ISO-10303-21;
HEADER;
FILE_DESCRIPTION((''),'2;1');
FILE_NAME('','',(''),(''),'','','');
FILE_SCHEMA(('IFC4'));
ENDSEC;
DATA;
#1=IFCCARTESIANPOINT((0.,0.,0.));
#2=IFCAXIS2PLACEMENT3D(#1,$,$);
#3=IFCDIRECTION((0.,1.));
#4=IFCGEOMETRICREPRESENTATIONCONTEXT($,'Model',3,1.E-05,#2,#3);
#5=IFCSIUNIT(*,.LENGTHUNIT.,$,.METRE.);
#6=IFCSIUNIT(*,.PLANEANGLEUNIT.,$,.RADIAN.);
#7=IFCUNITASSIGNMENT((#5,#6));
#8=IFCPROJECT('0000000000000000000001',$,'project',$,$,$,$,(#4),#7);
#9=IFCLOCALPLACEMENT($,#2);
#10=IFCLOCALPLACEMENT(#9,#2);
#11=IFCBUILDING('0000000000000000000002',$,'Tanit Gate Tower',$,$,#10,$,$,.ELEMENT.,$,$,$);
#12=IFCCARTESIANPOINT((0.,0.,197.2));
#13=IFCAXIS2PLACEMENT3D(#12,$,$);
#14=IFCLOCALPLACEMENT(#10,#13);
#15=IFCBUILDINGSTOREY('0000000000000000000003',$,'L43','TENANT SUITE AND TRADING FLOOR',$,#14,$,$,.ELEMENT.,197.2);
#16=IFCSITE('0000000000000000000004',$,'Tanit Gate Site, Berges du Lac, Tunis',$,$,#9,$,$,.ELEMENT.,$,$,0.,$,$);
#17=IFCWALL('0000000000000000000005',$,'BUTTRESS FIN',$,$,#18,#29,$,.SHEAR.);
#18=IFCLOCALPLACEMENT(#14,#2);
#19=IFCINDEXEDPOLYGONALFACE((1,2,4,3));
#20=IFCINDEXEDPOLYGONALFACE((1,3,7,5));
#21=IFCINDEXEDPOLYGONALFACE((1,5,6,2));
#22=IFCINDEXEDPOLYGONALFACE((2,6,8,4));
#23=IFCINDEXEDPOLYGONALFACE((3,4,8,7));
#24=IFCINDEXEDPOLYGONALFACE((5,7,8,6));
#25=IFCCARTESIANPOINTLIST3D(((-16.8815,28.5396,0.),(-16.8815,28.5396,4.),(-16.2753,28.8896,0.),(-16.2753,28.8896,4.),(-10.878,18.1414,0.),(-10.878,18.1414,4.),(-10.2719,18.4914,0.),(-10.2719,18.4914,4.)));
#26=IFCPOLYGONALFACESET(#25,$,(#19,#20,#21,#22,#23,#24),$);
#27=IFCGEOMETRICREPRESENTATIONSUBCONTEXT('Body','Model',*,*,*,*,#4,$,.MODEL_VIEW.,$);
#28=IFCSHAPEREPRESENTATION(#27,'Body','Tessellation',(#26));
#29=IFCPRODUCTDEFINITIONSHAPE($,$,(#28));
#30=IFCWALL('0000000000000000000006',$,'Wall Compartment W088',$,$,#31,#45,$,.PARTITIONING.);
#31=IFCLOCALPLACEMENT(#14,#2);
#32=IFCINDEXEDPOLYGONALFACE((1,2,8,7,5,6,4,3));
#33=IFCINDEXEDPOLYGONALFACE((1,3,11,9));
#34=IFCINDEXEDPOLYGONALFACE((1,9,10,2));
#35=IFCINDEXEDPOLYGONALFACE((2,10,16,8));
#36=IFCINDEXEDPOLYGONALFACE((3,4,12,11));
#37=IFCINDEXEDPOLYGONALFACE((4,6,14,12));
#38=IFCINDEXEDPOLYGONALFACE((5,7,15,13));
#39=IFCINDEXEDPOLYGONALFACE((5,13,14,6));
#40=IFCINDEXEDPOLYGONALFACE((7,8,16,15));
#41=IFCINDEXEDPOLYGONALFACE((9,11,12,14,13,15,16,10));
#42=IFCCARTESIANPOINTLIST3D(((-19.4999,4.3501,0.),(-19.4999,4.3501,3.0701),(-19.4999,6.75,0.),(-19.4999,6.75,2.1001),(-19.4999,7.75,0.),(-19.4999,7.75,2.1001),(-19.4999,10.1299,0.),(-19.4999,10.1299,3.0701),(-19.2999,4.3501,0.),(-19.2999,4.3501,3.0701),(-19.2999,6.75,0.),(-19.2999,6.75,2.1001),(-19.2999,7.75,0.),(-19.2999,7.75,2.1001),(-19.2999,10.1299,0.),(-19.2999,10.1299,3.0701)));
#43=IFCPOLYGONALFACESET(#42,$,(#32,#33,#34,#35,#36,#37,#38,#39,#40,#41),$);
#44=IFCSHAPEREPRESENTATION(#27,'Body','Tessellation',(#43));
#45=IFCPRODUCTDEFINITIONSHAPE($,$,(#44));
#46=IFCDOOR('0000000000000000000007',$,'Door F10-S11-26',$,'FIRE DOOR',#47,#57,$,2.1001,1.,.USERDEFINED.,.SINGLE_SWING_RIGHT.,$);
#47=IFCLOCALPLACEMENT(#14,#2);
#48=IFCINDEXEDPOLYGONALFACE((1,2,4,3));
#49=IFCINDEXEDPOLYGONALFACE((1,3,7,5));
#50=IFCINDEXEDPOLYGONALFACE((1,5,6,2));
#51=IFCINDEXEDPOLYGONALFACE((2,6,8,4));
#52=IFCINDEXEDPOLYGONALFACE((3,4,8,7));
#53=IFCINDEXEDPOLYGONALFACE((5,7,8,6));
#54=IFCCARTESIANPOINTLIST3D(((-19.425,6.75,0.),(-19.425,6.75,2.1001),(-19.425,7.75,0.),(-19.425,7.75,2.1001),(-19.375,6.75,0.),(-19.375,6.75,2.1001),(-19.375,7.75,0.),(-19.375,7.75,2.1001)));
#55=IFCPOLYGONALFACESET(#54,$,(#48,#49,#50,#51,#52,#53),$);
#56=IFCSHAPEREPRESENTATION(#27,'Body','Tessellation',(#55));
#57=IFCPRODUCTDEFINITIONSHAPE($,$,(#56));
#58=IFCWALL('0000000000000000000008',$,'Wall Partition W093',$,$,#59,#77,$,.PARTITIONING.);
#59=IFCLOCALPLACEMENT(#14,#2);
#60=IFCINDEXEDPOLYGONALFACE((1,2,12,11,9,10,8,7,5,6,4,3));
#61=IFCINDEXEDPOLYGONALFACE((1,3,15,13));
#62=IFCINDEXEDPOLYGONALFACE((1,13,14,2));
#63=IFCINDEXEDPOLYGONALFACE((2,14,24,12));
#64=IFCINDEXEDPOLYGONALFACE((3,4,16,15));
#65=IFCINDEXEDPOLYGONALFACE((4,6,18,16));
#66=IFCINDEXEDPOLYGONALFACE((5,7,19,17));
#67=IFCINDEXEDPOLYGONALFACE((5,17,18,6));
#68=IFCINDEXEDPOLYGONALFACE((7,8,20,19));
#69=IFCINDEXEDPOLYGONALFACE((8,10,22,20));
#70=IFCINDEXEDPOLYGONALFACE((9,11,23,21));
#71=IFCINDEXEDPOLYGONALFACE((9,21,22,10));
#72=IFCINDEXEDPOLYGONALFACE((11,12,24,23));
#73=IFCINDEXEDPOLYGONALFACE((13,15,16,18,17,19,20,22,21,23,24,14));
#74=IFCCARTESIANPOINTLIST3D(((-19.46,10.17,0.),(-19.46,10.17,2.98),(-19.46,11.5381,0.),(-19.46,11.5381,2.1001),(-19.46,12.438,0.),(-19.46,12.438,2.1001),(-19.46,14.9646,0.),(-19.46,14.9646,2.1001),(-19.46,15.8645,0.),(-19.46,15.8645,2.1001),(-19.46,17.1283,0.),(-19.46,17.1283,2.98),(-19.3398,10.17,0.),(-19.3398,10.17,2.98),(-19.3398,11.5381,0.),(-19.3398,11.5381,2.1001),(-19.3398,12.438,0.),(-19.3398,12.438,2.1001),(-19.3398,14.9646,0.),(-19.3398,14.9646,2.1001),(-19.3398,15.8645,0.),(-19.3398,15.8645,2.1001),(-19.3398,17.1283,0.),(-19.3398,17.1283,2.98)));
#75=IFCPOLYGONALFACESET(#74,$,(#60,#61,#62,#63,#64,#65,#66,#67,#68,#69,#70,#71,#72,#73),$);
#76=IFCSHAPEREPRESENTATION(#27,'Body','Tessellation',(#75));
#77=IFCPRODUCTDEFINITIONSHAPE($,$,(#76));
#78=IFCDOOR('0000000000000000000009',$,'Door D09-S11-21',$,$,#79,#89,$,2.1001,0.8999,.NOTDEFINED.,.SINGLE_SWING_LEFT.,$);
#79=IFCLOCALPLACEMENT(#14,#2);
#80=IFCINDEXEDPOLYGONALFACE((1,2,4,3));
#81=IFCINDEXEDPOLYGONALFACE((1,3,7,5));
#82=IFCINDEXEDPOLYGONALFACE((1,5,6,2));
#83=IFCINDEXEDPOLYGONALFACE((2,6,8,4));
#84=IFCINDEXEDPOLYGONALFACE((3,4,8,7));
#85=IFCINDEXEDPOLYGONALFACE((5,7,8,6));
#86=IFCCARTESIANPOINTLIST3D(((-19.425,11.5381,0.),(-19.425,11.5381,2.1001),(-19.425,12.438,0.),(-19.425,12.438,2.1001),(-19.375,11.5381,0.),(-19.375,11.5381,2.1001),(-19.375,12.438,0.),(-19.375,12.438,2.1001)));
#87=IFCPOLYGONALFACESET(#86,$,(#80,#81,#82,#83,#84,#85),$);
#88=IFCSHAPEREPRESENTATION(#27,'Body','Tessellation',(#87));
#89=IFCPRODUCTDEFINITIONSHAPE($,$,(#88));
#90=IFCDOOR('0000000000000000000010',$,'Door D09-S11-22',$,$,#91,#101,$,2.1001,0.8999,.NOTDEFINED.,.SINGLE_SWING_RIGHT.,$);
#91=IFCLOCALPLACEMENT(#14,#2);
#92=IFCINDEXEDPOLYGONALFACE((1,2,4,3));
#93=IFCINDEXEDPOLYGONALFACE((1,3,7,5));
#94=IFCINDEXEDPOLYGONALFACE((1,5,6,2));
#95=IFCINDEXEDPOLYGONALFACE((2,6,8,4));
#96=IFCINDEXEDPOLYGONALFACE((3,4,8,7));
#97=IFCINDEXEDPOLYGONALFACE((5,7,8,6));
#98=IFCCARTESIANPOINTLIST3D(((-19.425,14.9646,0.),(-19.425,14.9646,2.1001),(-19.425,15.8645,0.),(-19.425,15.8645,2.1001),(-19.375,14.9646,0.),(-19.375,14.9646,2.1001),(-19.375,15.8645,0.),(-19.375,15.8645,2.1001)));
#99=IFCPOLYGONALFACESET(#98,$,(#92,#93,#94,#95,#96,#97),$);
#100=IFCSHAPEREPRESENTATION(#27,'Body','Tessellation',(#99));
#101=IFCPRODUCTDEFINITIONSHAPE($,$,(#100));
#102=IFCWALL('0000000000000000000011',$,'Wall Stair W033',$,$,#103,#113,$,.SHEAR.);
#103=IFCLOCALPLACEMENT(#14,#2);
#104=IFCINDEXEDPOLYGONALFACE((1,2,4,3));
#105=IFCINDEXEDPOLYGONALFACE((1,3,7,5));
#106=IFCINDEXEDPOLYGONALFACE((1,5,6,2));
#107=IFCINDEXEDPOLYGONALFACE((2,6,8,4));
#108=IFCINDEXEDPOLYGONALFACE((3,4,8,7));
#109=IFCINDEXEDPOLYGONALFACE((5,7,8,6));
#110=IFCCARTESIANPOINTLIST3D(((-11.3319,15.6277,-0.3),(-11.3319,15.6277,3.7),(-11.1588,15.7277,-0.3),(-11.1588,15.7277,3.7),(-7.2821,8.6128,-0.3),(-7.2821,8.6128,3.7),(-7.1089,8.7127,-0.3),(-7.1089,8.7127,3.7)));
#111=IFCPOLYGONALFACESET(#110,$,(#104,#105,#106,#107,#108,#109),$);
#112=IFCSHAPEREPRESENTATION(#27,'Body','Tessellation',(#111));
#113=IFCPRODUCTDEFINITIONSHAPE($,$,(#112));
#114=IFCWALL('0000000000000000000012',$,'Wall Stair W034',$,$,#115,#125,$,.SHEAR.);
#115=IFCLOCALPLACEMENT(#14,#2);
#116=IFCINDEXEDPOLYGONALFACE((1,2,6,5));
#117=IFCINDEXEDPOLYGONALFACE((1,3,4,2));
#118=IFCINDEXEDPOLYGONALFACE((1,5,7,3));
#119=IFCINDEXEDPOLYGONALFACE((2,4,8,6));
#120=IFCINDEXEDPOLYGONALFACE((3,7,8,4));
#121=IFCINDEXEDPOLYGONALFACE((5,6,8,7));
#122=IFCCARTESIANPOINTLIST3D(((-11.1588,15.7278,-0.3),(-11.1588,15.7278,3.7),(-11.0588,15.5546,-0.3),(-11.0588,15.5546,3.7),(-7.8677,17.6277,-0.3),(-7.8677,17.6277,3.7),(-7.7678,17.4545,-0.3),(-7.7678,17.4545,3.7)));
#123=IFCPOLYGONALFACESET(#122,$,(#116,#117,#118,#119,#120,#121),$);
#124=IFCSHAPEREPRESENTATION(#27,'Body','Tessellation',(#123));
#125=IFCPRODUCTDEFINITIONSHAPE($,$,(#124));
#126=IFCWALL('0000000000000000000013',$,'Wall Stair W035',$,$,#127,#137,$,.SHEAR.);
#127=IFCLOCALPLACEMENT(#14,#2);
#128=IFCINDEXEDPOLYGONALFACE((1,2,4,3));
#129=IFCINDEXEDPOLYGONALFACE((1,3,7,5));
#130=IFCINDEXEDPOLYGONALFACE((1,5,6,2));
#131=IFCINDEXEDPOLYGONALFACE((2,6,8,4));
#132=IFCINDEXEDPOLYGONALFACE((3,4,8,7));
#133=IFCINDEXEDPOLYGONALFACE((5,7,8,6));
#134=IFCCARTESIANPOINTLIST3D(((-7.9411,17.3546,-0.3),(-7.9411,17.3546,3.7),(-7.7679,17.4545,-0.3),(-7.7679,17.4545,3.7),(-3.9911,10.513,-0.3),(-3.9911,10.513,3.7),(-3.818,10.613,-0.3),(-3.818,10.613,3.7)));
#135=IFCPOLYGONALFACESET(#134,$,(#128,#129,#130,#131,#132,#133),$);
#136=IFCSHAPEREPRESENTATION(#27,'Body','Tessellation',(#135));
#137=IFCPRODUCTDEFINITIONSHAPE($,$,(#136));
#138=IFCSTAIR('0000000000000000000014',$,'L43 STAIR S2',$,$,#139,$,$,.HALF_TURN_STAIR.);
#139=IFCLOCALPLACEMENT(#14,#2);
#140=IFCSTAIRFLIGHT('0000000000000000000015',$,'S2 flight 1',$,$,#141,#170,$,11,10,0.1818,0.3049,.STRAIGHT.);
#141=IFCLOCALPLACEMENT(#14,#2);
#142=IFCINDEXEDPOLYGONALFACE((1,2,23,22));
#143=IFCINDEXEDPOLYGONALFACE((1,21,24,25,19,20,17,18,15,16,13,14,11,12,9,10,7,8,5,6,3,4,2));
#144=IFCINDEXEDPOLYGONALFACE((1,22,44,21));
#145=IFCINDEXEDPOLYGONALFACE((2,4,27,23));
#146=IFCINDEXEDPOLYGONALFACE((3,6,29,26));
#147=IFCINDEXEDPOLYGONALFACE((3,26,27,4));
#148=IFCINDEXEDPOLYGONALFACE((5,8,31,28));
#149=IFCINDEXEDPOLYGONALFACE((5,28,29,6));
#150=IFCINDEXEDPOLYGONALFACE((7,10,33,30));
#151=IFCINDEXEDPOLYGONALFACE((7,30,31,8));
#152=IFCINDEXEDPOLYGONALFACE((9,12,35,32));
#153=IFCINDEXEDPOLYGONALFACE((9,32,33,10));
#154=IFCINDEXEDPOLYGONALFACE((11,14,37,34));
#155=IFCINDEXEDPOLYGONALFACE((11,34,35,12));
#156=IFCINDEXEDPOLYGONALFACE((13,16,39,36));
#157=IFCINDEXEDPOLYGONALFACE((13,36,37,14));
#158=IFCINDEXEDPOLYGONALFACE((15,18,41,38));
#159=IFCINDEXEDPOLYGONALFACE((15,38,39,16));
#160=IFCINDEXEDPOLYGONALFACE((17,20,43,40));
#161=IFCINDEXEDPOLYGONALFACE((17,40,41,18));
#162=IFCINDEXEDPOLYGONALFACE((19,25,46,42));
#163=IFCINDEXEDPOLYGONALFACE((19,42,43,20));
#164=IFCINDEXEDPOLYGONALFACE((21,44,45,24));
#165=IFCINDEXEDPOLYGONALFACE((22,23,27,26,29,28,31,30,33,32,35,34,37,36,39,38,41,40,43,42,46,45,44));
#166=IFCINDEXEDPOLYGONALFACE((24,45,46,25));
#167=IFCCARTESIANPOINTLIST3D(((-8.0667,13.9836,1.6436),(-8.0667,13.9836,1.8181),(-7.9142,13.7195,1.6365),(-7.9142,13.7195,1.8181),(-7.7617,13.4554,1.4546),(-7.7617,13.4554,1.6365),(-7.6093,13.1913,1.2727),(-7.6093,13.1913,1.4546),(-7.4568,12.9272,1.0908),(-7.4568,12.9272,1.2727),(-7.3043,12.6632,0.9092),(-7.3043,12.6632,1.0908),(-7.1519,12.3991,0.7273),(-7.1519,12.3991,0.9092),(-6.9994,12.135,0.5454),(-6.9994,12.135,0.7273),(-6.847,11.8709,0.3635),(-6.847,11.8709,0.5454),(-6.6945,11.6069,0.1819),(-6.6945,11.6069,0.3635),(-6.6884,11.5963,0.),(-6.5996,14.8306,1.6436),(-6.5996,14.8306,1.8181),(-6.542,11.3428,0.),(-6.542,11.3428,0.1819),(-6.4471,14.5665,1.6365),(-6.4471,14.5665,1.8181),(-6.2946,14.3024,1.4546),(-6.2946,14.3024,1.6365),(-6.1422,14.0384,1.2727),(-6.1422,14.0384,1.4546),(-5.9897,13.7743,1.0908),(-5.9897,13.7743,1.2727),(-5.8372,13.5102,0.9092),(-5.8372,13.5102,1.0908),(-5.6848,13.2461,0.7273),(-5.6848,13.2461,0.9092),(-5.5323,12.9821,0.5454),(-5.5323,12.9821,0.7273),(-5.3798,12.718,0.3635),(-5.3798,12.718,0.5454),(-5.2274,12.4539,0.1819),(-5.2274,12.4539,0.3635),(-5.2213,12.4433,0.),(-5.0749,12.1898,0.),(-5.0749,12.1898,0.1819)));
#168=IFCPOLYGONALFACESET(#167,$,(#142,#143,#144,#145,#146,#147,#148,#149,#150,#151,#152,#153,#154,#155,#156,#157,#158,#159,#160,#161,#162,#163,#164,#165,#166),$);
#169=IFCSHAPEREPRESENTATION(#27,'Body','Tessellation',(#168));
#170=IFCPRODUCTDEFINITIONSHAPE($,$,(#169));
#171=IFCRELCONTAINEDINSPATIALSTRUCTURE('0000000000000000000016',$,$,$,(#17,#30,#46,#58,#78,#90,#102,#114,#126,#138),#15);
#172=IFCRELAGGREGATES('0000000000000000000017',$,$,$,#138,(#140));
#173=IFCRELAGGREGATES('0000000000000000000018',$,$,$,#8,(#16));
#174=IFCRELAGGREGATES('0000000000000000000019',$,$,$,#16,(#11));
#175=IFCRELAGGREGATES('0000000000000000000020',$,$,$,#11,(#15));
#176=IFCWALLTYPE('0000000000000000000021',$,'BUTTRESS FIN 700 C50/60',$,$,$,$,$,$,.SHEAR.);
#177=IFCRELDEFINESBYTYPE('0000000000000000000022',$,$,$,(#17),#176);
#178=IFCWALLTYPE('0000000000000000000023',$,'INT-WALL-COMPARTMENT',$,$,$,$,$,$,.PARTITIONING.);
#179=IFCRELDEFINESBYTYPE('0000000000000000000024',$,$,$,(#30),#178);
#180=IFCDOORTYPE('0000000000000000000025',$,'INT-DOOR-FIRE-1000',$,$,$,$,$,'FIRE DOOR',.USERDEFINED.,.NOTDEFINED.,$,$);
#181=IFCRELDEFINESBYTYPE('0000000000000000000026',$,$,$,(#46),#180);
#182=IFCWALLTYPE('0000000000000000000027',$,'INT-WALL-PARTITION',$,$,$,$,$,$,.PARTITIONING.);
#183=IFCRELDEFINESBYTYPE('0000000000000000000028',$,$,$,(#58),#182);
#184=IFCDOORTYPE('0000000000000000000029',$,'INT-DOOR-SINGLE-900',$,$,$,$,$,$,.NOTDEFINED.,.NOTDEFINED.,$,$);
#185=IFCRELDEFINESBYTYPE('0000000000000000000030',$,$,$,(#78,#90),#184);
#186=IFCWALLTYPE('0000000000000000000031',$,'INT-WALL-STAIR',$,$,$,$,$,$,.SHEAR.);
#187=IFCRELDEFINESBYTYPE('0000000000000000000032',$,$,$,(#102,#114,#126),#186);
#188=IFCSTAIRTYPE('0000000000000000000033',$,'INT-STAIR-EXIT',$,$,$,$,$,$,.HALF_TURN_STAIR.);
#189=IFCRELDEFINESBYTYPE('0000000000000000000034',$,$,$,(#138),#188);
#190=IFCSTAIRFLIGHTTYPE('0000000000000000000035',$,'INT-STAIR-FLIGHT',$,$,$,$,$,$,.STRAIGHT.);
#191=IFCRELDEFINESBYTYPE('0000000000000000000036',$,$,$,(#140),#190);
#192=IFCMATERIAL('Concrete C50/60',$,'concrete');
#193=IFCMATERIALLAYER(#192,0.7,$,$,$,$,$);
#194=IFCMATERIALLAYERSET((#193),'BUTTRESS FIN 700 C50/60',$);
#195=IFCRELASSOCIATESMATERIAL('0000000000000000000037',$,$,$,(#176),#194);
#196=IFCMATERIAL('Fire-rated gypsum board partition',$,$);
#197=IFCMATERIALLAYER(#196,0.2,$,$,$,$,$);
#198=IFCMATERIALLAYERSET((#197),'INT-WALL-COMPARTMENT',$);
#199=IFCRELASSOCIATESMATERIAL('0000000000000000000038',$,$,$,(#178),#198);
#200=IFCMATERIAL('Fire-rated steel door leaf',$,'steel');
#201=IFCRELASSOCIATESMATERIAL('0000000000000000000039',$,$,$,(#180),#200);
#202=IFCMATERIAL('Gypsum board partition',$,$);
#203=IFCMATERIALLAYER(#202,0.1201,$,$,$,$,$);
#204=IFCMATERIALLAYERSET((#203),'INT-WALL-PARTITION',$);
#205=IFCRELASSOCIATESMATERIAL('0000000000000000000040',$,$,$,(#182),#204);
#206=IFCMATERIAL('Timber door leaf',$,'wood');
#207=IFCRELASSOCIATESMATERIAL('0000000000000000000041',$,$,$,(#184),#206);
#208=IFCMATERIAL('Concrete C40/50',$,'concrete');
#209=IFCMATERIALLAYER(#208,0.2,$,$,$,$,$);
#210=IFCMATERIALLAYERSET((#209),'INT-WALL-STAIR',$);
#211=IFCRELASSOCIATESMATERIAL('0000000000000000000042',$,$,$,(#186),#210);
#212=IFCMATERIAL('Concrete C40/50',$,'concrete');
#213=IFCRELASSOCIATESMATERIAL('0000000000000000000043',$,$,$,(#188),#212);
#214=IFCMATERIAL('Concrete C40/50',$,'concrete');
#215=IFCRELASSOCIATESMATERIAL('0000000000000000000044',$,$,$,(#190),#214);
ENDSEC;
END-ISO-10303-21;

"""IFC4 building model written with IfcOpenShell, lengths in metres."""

from ifc_helpers import new_model, si_unit, direction, frame, frame_2d, origin, place, context, subcontext, project, spatial, polyline, rectangle, outline, extrude, material, layer, layer_set, type_object, element, fill, aggregate, save


model = new_model("IFC4")

# Units and contexts
model_context = context("Model", 3, precision=1e-05, world=origin(), true_north=direction((0.0, 1.0)))
body_context = subcontext(model_context, "Body", "Model", "MODEL_VIEW")
ifc_project = project(units=[si_unit("LENGTHUNIT", "METRE"), si_unit("PLANEANGLEUNIT", "RADIAN")], contexts=[model_context])

# Site, building, storey
site_placement = place(None, origin())
site = spatial("IfcSite", under=ifc_project, at=site_placement, Name="Tanit Gate Site, Berges du Lac, Tunis", CompositionType="ELEMENT", RefElevation=0.0)
building_placement = place(site_placement, origin())
building = spatial("IfcBuilding", under=site, at=building_placement, Name="Tanit Gate Tower", CompositionType="ELEMENT")
storey_placement = place(building_placement, frame((0.0, 0.0, 197.2)))
storey = spatial("IfcBuildingStorey", under=building, at=storey_placement, Name="L43", Description="TENANT SUITE AND TRADING FLOOR", CompositionType="ELEMENT", Elevation=197.2)

# Wall
ifc_material_1 = material(Name="Concrete C50/60", Category="concrete")
ifc_layer_1 = layer(ifc_material_1, 0.7)
ifc_layer_set_1 = layer_set([ifc_layer_1], Name="BUTTRESS FIN 700 C50/60")
wall_type_1 = type_object("IfcWallType", Name="BUTTRESS FIN 700 C50/60", PredefinedType="SHEAR", material=ifc_layer_set_1)
wall_1_placement = place(storey_placement, frame((-10.575, 18.3164, 0.0), z_axis=(0.0, 0.0, 1.0), x_axis=(-0.500001, 0.866025, 0.0)))
element("IfcWall", 1, at=wall_1_placement, inside=storey, type_object=wall_type_1, Name="BUTTRESS FIN", PredefinedType="SHEAR", context=body_context, shape_type="SweptSolid", body=[
    extrude(rectangle(XDim=12.0068, YDim=0.7, at=frame_2d((6.0034, 0.0))), origin(), (0.0, 0.0, 1.0), 4.0),
])

# Wall, opening, door
ifc_material_2 = material(Name="Fire-rated gypsum board partition")
ifc_layer_2 = layer(ifc_material_2, 0.2)
ifc_layer_set_2 = layer_set([ifc_layer_2], Name="INT-WALL-COMPARTMENT")
wall_type_2 = type_object("IfcWallType", Name="INT-WALL-COMPARTMENT", PredefinedType="PARTITIONING", material=ifc_layer_set_2)
wall_2_placement = place(storey_placement, frame((-19.3999, 10.1299, 0.0), z_axis=(0.0, 0.0, 1.0), x_axis=(0.0, -1.0, 0.0)))
wall_2 = element("IfcWall", 2, at=wall_2_placement, inside=storey, type_object=wall_type_2, Name="Wall Compartment W088", PredefinedType="PARTITIONING", context=body_context, shape_type="SweptSolid", body=[
    extrude(rectangle(XDim=5.7798, YDim=0.2, at=frame_2d((2.8899, 0.0))), origin(), (0.0, 0.0, 1.0), 3.0701),
])
opening_1_placement = place(wall_2_placement, frame((2.3799, 0.0, 0.0)))
opening_1 = element("IfcOpeningElement", 3, at=opening_1_placement, cuts=wall_2, PredefinedType="OPENING", context=body_context, shape_type="SweptSolid", body=[
    extrude(rectangle(XDim=1.0, YDim=2.1001, at=frame_2d((0.5, 1.05))), frame((0.0, 0.1099, 0.0), z_axis=(0.0, -1.0, 0.0), x_axis=(1.0, 0.0, 0.0)), (0.0, 0.0, 1.0), 0.22),
])
ifc_material_3 = material(Name="Fire-rated steel door leaf", Category="steel")
door_type_1 = type_object("IfcDoorType", Name="INT-DOOR-FIRE-1000", ElementType="FIRE DOOR", OperationType="NOTDEFINED", PredefinedType="USERDEFINED", material=ifc_material_3)
door_1_placement = place(opening_1_placement, origin())
door_1 = element("IfcDoor", 4, at=door_1_placement, inside=storey, type_object=door_type_1, Name="Door F10-S11-26", ObjectType="FIRE DOOR", OperationType="SINGLE_SWING_RIGHT", OverallHeight=2.1001, OverallWidth=1.0, PredefinedType="USERDEFINED", context=body_context, shape_type="SweptSolid", body=[
    extrude(rectangle(XDim=1.0, YDim=2.1001, at=frame_2d((0.5, 1.05))), frame((0.0, 0.0249, 0.0), z_axis=(0.0, -1.0, 0.0), x_axis=(1.0, 0.0, 0.0)), (0.0, 0.0, 1.0), 0.05),
])
fill(opening_1, door_1)

# Wall, openings, doors
ifc_material_4 = material(Name="Gypsum board partition")
ifc_layer_3 = layer(ifc_material_4, 0.1201)
ifc_layer_set_3 = layer_set([ifc_layer_3], Name="INT-WALL-PARTITION")
wall_type_3 = type_object("IfcWallType", Name="INT-WALL-PARTITION", PredefinedType="PARTITIONING", material=ifc_layer_set_3)
wall_3_placement = place(storey_placement, frame((-19.3999, 17.1282, 0.0), z_axis=(0.0, 0.0, 1.0), x_axis=(0.0, -1.0, 0.0)))
wall_3 = element("IfcWall", 5, at=wall_3_placement, inside=storey, type_object=wall_type_3, Name="Wall Partition W093", PredefinedType="PARTITIONING", context=body_context, shape_type="SweptSolid", body=[
    extrude(rectangle(XDim=6.9583, YDim=0.1201, at=frame_2d((3.479, 0.0))), origin(), (0.0, 0.0, 1.0), 2.98),
])
opening_2_placement = place(wall_3_placement, frame((4.6902, 0.0, 0.0)))
opening_2 = element("IfcOpeningElement", 6, at=opening_2_placement, cuts=wall_3, PredefinedType="OPENING", context=body_context, shape_type="SweptSolid", body=[
    extrude(rectangle(XDim=0.8999, YDim=2.1001, at=frame_2d((0.45, 1.05))), frame((0.0, 0.0701, 0.0), z_axis=(0.0, -1.0, 0.0), x_axis=(1.0, 0.0, 0.0)), (0.0, 0.0, 1.0), 0.1401),
])
opening_3_placement = place(wall_3_placement, frame((1.2637, 0.0, 0.0)))
opening_3 = element("IfcOpeningElement", 7, at=opening_3_placement, cuts=wall_3, PredefinedType="OPENING", context=body_context, shape_type="SweptSolid", body=[
    extrude(rectangle(XDim=0.8999, YDim=2.1001, at=frame_2d((0.45, 1.05))), frame((0.0, 0.0701, 0.0), z_axis=(0.0, -1.0, 0.0), x_axis=(1.0, 0.0, 0.0)), (0.0, 0.0, 1.0), 0.1401),
])
ifc_material_5 = material(Name="Timber door leaf", Category="wood")
door_type_2 = type_object("IfcDoorType", Name="INT-DOOR-SINGLE-900", OperationType="NOTDEFINED", PredefinedType="NOTDEFINED", material=ifc_material_5)
door_2_placement = place(opening_2_placement, origin())
door_2 = element("IfcDoor", 8, at=door_2_placement, inside=storey, type_object=door_type_2, Name="Door D09-S11-21", OperationType="SINGLE_SWING_LEFT", OverallHeight=2.1001, OverallWidth=0.8999, PredefinedType="NOTDEFINED", context=body_context, shape_type="SweptSolid", body=[
    extrude(rectangle(XDim=0.8999, YDim=2.1001, at=frame_2d((0.45, 1.05))), frame((0.0, 0.0249, 0.0), z_axis=(0.0, -1.0, 0.0), x_axis=(1.0, 0.0, 0.0)), (0.0, 0.0, 1.0), 0.05),
])
fill(opening_2, door_2)
door_3_placement = place(opening_3_placement, origin())
door_3 = element("IfcDoor", 9, at=door_3_placement, inside=storey, type_object=door_type_2, Name="Door D09-S11-22", OperationType="SINGLE_SWING_RIGHT", OverallHeight=2.1001, OverallWidth=0.8999, PredefinedType="NOTDEFINED", context=body_context, shape_type="SweptSolid", body=[
    extrude(rectangle(XDim=0.8999, YDim=2.1001, at=frame_2d((0.45, 1.05))), frame((0.0, 0.0249, 0.0), z_axis=(0.0, -1.0, 0.0), x_axis=(1.0, 0.0, 0.0)), (0.0, 0.0, 1.0), 0.05),
])
fill(opening_3, door_3)

# Walls
ifc_material_6 = material(Name="Concrete C40/50", Category="concrete")
ifc_layer_4 = layer(ifc_material_6, 0.2)
ifc_layer_set_4 = layer_set([ifc_layer_4], Name="INT-WALL-STAIR")
wall_type_4 = type_object("IfcWallType", Name="INT-WALL-STAIR", PredefinedType="SHEAR", material=ifc_layer_set_4)
wall_4_placement = place(storey_placement, frame((-11.2454, 15.6777, -0.3), z_axis=(0.0, 0.0, 1.0), x_axis=(0.499977, -0.866039, 0.0)))
element("IfcWall", 10, at=wall_4_placement, inside=storey, type_object=wall_type_4, Name="Wall Stair W033", PredefinedType="SHEAR", context=body_context, shape_type="SweptSolid", body=[
    extrude(rectangle(XDim=8.1001, YDim=0.2, at=frame_2d((4.05, 0.0))), origin(), (0.0, 0.0, 1.0), 4.0),
])
wall_5_placement = place(storey_placement, frame((-7.8179, 17.541, -0.3), z_axis=(0.0, 0.0, 1.0), x_axis=(-0.866044, -0.499967, 0.0)))
element("IfcWall", 11, at=wall_5_placement, inside=storey, type_object=wall_type_4, Name="Wall Stair W034", PredefinedType="SHEAR", context=body_context, shape_type="SweptSolid", body=[
    extrude(rectangle(XDim=3.8, YDim=0.2, at=frame_2d((1.8999, 0.0))), origin(), (0.0, 0.0, 1.0), 4.0),
])
wall_6_placement = place(storey_placement, frame((-7.8545, 17.4045, -0.3), z_axis=(0.0, 0.0, 1.0), x_axis=(0.499998, -0.866027, 0.0)))
element("IfcWall", 12, at=wall_6_placement, inside=storey, type_object=wall_type_4, Name="Wall Stair W035", PredefinedType="SHEAR", context=body_context, shape_type="SweptSolid", body=[
    extrude(rectangle(XDim=7.8999, YDim=0.2, at=frame_2d((3.95, 0.0))), origin(), (0.0, 0.0, 1.0), 4.0),
])

# Stair, stair flight
ifc_material_7 = material(Name="Concrete C40/50", Category="concrete")
stair_type = type_object("IfcStairType", Name="INT-STAIR-EXIT", PredefinedType="HALF_TURN_STAIR", material=ifc_material_7)
stair_placement = place(storey_placement, origin())
stair = element("IfcStair", 13, at=stair_placement, inside=storey, type_object=stair_type, Name="L43 STAIR S2", PredefinedType="HALF_TURN_STAIR")
ifc_material_8 = material(Name="Concrete C40/50", Category="concrete")
stair_flight_type = type_object("IfcStairFlightType", Name="INT-STAIR-FLIGHT", PredefinedType="STRAIGHT", material=ifc_material_8)
stair_flight_1_placement = place(storey_placement, frame((-5.8083, 11.7664, 0.0), z_axis=(0.0, 0.0, 1.0), x_axis=(-0.5, 0.866025, 0.0)))
stair_flight_1 = element("IfcStairFlight", 14, at=stair_flight_1_placement, type_object=stair_flight_type, Name="S2 flight 1", NumberOfRisers=11, NumberOfTreads=10, PredefinedType="STRAIGHT", RiserHeight=0.1818, TreadLength=0.3049, context=body_context, shape_type="SweptSolid", body=[
    extrude(outline(polyline([(0.0, 0.0), (0.0, 0.1819), (0.3049, 0.1819), (0.3049, 0.3635), (0.6099, 0.3635), (0.6099, 0.5454), (0.9148, 0.5454), (0.9148, 0.7273), (1.2197, 0.7273), (1.2197, 0.9092), (1.5247, 0.9092), (1.5247, 1.0908), (1.8296, 1.0908), (1.8296, 1.2727), (2.1345, 1.2727), (2.1345, 1.4546), (2.4395, 1.4546), (2.4395, 1.6365), (2.7444, 1.6365), (2.7444, 1.8181), (3.0493, 1.8181), (3.0493, 2.0), (3.0493, 1.6436), (0.2927, 0.0), (0.0, 0.0)])), frame((0.0, 0.8472, 0.0), z_axis=(0.0, -1.0, 0.0), x_axis=(1.0, 0.0, 0.0)), (0.0, 0.0, 1.0), 1.6941),
])
aggregate(stair, [stair_flight_1])

save(model, "model.ifc")
